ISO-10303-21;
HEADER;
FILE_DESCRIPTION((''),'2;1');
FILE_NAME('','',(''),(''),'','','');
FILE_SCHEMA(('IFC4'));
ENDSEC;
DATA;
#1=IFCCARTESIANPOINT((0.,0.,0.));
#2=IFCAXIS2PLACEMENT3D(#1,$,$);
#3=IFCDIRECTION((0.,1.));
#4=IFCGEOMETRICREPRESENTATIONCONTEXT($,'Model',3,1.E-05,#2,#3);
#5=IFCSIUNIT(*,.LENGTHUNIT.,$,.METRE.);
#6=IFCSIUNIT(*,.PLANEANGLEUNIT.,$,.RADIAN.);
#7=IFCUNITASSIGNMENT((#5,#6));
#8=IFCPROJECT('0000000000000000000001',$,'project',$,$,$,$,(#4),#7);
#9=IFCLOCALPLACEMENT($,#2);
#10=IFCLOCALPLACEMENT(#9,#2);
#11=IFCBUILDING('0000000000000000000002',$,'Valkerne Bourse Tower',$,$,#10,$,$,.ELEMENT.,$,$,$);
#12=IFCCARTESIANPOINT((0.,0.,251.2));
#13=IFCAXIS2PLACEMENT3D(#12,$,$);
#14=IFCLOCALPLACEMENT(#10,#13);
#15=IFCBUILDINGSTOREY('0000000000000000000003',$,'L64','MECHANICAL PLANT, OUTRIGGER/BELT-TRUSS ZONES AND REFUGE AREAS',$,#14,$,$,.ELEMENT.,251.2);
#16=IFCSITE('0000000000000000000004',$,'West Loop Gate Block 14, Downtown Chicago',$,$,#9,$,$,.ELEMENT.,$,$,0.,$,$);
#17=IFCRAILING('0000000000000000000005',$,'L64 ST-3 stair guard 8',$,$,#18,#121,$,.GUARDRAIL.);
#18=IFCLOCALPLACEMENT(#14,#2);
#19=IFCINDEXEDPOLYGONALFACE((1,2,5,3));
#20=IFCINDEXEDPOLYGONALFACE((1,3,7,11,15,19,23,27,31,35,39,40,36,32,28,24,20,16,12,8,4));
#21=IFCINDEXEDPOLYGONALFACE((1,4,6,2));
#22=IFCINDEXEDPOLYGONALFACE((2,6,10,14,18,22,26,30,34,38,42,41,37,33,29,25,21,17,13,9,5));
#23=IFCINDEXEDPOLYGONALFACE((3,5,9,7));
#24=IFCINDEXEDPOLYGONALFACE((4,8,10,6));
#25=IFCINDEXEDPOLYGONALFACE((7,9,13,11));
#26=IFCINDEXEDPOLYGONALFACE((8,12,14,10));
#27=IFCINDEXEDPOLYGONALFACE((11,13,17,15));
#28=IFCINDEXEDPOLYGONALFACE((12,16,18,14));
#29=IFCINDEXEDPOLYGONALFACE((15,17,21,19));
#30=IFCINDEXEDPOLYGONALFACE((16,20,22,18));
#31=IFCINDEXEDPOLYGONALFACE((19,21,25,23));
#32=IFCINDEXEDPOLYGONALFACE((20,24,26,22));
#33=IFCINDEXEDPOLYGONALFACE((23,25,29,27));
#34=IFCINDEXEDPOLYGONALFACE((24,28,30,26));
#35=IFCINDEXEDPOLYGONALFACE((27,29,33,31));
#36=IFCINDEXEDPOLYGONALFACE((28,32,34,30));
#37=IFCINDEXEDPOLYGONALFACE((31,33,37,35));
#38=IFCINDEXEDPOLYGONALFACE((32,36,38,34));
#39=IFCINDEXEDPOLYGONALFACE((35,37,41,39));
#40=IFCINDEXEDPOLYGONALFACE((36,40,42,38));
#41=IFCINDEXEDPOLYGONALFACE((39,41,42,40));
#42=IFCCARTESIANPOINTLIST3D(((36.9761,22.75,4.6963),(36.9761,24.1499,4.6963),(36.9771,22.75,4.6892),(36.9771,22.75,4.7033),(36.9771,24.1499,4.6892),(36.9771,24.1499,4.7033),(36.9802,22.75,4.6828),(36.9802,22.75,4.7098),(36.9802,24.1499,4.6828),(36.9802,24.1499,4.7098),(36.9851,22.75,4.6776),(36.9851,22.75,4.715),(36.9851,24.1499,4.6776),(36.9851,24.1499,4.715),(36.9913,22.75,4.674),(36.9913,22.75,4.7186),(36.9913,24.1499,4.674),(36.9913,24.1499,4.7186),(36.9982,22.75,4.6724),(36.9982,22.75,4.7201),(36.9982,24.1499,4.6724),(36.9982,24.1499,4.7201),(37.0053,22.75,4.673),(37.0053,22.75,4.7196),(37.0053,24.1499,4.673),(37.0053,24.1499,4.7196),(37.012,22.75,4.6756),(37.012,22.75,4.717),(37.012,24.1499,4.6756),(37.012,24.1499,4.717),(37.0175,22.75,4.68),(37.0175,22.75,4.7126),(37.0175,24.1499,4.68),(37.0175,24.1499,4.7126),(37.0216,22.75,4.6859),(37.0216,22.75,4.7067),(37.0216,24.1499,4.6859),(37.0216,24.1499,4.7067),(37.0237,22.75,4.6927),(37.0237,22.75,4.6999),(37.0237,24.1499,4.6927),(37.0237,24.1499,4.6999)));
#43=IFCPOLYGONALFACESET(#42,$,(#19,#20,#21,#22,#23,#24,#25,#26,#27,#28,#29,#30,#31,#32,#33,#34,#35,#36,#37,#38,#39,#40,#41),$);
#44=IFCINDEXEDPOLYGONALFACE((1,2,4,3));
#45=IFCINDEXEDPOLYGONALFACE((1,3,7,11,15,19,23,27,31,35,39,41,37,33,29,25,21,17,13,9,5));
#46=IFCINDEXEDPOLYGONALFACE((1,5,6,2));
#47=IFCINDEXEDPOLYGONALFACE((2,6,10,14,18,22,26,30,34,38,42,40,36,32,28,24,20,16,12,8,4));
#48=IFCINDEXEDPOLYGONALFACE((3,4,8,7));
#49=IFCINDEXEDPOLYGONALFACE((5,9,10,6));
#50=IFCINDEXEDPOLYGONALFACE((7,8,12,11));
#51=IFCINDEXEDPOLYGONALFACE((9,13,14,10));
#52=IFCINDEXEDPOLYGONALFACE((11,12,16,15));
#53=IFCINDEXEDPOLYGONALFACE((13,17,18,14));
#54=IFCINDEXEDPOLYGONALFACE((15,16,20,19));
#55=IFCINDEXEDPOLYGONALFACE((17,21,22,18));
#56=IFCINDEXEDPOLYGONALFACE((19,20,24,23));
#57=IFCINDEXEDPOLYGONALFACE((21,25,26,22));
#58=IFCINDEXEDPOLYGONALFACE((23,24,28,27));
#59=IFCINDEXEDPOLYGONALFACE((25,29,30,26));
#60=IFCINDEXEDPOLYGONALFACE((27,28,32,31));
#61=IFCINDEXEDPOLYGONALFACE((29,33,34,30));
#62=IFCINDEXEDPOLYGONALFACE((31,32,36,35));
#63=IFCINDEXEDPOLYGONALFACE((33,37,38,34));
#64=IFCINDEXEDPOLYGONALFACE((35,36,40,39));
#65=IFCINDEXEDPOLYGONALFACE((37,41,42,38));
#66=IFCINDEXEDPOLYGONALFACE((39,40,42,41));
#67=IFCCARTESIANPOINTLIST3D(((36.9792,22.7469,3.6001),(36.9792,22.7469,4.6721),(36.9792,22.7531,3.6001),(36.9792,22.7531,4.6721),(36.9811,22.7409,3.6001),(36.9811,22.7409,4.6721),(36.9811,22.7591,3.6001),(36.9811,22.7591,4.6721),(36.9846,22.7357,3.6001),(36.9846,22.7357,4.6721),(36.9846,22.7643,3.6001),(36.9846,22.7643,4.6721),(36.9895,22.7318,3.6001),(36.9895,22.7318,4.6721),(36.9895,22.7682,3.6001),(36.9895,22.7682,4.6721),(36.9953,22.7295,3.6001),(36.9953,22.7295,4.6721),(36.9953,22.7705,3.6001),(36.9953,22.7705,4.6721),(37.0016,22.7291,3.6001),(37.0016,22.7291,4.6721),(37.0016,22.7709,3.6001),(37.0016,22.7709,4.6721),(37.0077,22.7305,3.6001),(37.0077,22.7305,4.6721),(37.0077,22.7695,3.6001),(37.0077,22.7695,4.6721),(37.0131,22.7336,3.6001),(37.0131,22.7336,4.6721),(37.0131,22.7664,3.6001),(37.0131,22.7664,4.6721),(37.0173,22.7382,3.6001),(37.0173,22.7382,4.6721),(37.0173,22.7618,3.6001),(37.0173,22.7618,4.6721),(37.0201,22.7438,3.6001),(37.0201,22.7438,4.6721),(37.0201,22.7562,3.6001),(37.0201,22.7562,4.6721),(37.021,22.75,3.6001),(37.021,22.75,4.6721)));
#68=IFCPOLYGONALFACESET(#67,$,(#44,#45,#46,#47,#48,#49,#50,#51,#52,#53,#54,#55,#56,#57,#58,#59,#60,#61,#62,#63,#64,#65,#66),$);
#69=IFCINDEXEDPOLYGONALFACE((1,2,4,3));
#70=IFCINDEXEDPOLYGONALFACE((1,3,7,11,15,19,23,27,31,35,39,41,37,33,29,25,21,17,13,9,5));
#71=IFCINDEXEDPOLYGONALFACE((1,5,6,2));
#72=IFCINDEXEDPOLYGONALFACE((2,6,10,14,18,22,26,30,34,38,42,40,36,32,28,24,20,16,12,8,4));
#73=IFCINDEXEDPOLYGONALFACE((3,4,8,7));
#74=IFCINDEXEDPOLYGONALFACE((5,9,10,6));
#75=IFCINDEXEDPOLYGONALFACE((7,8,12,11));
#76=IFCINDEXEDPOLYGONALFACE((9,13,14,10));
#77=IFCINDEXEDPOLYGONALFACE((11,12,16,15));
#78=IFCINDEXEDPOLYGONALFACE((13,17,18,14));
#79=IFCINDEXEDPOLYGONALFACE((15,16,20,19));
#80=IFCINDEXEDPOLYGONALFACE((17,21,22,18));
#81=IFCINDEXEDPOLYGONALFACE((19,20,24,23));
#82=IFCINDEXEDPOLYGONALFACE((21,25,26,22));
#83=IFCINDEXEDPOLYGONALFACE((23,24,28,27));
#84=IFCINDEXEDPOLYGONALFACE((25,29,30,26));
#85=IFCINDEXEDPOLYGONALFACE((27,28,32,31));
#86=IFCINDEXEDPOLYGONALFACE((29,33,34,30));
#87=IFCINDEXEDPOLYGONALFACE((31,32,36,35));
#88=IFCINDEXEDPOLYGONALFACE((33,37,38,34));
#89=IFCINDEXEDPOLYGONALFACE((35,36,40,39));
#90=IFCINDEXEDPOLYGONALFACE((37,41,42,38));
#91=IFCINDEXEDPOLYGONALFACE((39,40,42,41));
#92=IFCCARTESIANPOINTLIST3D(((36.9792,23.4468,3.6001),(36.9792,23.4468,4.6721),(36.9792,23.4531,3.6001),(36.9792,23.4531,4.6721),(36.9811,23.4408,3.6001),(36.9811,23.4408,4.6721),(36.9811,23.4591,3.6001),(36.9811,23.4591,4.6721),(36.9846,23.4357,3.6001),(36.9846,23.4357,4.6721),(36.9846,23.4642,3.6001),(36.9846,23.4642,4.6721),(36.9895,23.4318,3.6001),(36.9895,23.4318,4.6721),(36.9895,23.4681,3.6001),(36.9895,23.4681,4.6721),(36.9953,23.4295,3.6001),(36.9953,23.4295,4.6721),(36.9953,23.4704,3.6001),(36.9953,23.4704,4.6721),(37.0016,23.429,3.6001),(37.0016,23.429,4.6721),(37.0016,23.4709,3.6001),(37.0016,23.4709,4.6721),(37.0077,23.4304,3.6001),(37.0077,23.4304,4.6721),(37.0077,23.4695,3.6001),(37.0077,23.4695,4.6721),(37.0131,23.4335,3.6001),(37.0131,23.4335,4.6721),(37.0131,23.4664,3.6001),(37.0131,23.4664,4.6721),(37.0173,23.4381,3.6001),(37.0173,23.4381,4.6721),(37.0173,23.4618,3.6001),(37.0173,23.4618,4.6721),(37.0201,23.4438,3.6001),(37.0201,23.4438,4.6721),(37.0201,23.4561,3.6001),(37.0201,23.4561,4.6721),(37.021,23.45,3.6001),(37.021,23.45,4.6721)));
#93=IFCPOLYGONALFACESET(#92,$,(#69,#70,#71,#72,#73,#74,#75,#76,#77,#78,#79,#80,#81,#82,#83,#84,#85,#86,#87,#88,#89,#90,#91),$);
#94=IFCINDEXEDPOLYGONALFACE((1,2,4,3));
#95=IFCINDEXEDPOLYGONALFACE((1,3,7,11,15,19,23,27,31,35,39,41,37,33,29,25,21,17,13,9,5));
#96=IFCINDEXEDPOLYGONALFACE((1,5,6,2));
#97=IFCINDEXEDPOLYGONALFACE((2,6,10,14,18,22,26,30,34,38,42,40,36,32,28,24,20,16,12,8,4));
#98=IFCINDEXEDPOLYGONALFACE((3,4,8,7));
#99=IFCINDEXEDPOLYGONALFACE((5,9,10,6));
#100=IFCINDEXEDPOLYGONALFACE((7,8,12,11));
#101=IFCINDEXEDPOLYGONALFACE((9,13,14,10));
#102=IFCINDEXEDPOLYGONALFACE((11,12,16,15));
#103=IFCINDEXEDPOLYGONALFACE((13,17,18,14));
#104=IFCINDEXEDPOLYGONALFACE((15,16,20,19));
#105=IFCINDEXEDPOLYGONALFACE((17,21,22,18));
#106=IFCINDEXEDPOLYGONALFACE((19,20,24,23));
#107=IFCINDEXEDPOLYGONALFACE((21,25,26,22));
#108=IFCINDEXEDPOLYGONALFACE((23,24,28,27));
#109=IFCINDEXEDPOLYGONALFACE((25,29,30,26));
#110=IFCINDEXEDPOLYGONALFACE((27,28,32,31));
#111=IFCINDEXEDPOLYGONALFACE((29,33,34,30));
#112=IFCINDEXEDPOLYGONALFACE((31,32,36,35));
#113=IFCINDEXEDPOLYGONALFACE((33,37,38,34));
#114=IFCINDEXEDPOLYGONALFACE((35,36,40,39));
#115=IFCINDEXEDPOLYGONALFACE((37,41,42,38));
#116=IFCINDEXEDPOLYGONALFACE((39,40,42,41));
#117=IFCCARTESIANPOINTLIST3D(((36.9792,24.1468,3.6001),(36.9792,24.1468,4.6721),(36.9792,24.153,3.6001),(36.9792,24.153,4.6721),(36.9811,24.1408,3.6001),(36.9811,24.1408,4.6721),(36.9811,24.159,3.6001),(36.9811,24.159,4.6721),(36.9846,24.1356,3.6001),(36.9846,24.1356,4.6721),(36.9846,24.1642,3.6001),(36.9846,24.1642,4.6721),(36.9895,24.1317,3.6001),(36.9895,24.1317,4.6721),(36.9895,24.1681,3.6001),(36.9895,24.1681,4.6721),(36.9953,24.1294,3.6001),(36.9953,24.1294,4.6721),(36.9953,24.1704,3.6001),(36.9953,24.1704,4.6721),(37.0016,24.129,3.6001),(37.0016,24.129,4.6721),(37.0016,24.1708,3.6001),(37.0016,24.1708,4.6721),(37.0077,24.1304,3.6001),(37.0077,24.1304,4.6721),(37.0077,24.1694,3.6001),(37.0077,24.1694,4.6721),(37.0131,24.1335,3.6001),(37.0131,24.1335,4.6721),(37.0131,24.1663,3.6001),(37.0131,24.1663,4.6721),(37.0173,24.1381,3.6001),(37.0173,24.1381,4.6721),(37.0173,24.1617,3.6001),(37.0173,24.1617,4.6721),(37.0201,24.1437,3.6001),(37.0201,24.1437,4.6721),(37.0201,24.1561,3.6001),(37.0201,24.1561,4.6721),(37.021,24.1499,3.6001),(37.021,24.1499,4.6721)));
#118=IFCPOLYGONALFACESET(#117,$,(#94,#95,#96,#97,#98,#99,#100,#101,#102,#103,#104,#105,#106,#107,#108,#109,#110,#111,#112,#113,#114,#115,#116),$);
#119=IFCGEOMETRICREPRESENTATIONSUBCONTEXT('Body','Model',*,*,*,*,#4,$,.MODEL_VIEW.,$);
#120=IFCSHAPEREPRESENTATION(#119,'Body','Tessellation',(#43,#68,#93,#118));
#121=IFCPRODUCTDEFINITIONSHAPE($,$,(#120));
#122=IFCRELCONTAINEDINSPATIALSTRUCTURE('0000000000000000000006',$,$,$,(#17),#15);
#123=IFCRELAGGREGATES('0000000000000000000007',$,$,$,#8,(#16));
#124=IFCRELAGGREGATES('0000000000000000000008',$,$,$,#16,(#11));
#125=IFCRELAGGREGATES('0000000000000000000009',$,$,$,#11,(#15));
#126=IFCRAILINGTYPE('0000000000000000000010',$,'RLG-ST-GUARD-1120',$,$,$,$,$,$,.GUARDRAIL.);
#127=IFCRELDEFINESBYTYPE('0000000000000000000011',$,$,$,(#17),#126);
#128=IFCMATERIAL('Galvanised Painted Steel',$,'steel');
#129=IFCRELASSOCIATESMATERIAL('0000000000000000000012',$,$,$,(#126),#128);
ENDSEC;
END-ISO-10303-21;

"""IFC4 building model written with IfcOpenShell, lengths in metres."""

from ifc_helpers import new_model, si_unit, direction, frame, origin, origin_2d, place, context, subcontext, project, spatial, circle, extrude, material, type_object, element, save


model = new_model("IFC4")

# Units and contexts
model_context = context("Model", 3, precision=1e-05, world=origin(), true_north=direction((0.0, 1.0)))
body_context = subcontext(model_context, "Body", "Model", "MODEL_VIEW")
ifc_project = project(units=[si_unit("LENGTHUNIT", "METRE"), si_unit("PLANEANGLEUNIT", "RADIAN")], contexts=[model_context])

# Site, building, storey
site_placement = place(None, origin())
site = spatial("IfcSite", under=ifc_project, at=site_placement, Name="West Loop Gate Block 14, Downtown Chicago", CompositionType="ELEMENT", RefElevation=0.0)
building_placement = place(site_placement, origin())
building = spatial("IfcBuilding", under=site, at=building_placement, Name="Valkerne Bourse Tower", CompositionType="ELEMENT")
storey_placement = place(building_placement, frame((0.0, 0.0, 251.2)))
storey = spatial("IfcBuildingStorey", under=building, at=storey_placement, Name="L64", Description="MECHANICAL PLANT, OUTRIGGER/BELT-TRUSS ZONES AND REFUGE AREAS", CompositionType="ELEMENT", Elevation=251.2)

# Shared definitions
ifc_material_1 = material(Name="Galvanised Painted Steel", Category="steel")

# Railing
railing_type_1 = type_object("IfcRailingType", Name="RLG-ST-GUARD-1120", PredefinedType="GUARDRAIL", material=ifc_material_1)
railing_1_placement = place(storey_placement, frame((37.0, 22.75, 3.6001)))
element("IfcRailing", 1, at=railing_1_placement, inside=storey, type_object=railing_type_1, Name="L64 ST-3 stair guard 8", PredefinedType="GUARDRAIL", context=body_context, shape_type="SweptSolid", body=[
    extrude(circle(Radius=0.0239, at=origin_2d()), frame((0.0, 0.0, 1.0962), z_axis=(0.0, 1.0, 0.0), x_axis=(-1.0, 0.0, 0.0)), (0.0, 0.0, 1.0), 1.3999),
    extrude(circle(Radius=0.021, at=origin_2d()), origin(), (0.0, 0.0, 1.0), 1.072),
    extrude(circle(Radius=0.021, at=origin_2d()), frame((0.0, 0.7, 0.0)), (0.0, 0.0, 1.0), 1.072),
    extrude(circle(Radius=0.021, at=origin_2d()), frame((0.0, 1.3999, 0.0)), (0.0, 0.0, 1.0), 1.072),
])

save(model, "model.ifc")
